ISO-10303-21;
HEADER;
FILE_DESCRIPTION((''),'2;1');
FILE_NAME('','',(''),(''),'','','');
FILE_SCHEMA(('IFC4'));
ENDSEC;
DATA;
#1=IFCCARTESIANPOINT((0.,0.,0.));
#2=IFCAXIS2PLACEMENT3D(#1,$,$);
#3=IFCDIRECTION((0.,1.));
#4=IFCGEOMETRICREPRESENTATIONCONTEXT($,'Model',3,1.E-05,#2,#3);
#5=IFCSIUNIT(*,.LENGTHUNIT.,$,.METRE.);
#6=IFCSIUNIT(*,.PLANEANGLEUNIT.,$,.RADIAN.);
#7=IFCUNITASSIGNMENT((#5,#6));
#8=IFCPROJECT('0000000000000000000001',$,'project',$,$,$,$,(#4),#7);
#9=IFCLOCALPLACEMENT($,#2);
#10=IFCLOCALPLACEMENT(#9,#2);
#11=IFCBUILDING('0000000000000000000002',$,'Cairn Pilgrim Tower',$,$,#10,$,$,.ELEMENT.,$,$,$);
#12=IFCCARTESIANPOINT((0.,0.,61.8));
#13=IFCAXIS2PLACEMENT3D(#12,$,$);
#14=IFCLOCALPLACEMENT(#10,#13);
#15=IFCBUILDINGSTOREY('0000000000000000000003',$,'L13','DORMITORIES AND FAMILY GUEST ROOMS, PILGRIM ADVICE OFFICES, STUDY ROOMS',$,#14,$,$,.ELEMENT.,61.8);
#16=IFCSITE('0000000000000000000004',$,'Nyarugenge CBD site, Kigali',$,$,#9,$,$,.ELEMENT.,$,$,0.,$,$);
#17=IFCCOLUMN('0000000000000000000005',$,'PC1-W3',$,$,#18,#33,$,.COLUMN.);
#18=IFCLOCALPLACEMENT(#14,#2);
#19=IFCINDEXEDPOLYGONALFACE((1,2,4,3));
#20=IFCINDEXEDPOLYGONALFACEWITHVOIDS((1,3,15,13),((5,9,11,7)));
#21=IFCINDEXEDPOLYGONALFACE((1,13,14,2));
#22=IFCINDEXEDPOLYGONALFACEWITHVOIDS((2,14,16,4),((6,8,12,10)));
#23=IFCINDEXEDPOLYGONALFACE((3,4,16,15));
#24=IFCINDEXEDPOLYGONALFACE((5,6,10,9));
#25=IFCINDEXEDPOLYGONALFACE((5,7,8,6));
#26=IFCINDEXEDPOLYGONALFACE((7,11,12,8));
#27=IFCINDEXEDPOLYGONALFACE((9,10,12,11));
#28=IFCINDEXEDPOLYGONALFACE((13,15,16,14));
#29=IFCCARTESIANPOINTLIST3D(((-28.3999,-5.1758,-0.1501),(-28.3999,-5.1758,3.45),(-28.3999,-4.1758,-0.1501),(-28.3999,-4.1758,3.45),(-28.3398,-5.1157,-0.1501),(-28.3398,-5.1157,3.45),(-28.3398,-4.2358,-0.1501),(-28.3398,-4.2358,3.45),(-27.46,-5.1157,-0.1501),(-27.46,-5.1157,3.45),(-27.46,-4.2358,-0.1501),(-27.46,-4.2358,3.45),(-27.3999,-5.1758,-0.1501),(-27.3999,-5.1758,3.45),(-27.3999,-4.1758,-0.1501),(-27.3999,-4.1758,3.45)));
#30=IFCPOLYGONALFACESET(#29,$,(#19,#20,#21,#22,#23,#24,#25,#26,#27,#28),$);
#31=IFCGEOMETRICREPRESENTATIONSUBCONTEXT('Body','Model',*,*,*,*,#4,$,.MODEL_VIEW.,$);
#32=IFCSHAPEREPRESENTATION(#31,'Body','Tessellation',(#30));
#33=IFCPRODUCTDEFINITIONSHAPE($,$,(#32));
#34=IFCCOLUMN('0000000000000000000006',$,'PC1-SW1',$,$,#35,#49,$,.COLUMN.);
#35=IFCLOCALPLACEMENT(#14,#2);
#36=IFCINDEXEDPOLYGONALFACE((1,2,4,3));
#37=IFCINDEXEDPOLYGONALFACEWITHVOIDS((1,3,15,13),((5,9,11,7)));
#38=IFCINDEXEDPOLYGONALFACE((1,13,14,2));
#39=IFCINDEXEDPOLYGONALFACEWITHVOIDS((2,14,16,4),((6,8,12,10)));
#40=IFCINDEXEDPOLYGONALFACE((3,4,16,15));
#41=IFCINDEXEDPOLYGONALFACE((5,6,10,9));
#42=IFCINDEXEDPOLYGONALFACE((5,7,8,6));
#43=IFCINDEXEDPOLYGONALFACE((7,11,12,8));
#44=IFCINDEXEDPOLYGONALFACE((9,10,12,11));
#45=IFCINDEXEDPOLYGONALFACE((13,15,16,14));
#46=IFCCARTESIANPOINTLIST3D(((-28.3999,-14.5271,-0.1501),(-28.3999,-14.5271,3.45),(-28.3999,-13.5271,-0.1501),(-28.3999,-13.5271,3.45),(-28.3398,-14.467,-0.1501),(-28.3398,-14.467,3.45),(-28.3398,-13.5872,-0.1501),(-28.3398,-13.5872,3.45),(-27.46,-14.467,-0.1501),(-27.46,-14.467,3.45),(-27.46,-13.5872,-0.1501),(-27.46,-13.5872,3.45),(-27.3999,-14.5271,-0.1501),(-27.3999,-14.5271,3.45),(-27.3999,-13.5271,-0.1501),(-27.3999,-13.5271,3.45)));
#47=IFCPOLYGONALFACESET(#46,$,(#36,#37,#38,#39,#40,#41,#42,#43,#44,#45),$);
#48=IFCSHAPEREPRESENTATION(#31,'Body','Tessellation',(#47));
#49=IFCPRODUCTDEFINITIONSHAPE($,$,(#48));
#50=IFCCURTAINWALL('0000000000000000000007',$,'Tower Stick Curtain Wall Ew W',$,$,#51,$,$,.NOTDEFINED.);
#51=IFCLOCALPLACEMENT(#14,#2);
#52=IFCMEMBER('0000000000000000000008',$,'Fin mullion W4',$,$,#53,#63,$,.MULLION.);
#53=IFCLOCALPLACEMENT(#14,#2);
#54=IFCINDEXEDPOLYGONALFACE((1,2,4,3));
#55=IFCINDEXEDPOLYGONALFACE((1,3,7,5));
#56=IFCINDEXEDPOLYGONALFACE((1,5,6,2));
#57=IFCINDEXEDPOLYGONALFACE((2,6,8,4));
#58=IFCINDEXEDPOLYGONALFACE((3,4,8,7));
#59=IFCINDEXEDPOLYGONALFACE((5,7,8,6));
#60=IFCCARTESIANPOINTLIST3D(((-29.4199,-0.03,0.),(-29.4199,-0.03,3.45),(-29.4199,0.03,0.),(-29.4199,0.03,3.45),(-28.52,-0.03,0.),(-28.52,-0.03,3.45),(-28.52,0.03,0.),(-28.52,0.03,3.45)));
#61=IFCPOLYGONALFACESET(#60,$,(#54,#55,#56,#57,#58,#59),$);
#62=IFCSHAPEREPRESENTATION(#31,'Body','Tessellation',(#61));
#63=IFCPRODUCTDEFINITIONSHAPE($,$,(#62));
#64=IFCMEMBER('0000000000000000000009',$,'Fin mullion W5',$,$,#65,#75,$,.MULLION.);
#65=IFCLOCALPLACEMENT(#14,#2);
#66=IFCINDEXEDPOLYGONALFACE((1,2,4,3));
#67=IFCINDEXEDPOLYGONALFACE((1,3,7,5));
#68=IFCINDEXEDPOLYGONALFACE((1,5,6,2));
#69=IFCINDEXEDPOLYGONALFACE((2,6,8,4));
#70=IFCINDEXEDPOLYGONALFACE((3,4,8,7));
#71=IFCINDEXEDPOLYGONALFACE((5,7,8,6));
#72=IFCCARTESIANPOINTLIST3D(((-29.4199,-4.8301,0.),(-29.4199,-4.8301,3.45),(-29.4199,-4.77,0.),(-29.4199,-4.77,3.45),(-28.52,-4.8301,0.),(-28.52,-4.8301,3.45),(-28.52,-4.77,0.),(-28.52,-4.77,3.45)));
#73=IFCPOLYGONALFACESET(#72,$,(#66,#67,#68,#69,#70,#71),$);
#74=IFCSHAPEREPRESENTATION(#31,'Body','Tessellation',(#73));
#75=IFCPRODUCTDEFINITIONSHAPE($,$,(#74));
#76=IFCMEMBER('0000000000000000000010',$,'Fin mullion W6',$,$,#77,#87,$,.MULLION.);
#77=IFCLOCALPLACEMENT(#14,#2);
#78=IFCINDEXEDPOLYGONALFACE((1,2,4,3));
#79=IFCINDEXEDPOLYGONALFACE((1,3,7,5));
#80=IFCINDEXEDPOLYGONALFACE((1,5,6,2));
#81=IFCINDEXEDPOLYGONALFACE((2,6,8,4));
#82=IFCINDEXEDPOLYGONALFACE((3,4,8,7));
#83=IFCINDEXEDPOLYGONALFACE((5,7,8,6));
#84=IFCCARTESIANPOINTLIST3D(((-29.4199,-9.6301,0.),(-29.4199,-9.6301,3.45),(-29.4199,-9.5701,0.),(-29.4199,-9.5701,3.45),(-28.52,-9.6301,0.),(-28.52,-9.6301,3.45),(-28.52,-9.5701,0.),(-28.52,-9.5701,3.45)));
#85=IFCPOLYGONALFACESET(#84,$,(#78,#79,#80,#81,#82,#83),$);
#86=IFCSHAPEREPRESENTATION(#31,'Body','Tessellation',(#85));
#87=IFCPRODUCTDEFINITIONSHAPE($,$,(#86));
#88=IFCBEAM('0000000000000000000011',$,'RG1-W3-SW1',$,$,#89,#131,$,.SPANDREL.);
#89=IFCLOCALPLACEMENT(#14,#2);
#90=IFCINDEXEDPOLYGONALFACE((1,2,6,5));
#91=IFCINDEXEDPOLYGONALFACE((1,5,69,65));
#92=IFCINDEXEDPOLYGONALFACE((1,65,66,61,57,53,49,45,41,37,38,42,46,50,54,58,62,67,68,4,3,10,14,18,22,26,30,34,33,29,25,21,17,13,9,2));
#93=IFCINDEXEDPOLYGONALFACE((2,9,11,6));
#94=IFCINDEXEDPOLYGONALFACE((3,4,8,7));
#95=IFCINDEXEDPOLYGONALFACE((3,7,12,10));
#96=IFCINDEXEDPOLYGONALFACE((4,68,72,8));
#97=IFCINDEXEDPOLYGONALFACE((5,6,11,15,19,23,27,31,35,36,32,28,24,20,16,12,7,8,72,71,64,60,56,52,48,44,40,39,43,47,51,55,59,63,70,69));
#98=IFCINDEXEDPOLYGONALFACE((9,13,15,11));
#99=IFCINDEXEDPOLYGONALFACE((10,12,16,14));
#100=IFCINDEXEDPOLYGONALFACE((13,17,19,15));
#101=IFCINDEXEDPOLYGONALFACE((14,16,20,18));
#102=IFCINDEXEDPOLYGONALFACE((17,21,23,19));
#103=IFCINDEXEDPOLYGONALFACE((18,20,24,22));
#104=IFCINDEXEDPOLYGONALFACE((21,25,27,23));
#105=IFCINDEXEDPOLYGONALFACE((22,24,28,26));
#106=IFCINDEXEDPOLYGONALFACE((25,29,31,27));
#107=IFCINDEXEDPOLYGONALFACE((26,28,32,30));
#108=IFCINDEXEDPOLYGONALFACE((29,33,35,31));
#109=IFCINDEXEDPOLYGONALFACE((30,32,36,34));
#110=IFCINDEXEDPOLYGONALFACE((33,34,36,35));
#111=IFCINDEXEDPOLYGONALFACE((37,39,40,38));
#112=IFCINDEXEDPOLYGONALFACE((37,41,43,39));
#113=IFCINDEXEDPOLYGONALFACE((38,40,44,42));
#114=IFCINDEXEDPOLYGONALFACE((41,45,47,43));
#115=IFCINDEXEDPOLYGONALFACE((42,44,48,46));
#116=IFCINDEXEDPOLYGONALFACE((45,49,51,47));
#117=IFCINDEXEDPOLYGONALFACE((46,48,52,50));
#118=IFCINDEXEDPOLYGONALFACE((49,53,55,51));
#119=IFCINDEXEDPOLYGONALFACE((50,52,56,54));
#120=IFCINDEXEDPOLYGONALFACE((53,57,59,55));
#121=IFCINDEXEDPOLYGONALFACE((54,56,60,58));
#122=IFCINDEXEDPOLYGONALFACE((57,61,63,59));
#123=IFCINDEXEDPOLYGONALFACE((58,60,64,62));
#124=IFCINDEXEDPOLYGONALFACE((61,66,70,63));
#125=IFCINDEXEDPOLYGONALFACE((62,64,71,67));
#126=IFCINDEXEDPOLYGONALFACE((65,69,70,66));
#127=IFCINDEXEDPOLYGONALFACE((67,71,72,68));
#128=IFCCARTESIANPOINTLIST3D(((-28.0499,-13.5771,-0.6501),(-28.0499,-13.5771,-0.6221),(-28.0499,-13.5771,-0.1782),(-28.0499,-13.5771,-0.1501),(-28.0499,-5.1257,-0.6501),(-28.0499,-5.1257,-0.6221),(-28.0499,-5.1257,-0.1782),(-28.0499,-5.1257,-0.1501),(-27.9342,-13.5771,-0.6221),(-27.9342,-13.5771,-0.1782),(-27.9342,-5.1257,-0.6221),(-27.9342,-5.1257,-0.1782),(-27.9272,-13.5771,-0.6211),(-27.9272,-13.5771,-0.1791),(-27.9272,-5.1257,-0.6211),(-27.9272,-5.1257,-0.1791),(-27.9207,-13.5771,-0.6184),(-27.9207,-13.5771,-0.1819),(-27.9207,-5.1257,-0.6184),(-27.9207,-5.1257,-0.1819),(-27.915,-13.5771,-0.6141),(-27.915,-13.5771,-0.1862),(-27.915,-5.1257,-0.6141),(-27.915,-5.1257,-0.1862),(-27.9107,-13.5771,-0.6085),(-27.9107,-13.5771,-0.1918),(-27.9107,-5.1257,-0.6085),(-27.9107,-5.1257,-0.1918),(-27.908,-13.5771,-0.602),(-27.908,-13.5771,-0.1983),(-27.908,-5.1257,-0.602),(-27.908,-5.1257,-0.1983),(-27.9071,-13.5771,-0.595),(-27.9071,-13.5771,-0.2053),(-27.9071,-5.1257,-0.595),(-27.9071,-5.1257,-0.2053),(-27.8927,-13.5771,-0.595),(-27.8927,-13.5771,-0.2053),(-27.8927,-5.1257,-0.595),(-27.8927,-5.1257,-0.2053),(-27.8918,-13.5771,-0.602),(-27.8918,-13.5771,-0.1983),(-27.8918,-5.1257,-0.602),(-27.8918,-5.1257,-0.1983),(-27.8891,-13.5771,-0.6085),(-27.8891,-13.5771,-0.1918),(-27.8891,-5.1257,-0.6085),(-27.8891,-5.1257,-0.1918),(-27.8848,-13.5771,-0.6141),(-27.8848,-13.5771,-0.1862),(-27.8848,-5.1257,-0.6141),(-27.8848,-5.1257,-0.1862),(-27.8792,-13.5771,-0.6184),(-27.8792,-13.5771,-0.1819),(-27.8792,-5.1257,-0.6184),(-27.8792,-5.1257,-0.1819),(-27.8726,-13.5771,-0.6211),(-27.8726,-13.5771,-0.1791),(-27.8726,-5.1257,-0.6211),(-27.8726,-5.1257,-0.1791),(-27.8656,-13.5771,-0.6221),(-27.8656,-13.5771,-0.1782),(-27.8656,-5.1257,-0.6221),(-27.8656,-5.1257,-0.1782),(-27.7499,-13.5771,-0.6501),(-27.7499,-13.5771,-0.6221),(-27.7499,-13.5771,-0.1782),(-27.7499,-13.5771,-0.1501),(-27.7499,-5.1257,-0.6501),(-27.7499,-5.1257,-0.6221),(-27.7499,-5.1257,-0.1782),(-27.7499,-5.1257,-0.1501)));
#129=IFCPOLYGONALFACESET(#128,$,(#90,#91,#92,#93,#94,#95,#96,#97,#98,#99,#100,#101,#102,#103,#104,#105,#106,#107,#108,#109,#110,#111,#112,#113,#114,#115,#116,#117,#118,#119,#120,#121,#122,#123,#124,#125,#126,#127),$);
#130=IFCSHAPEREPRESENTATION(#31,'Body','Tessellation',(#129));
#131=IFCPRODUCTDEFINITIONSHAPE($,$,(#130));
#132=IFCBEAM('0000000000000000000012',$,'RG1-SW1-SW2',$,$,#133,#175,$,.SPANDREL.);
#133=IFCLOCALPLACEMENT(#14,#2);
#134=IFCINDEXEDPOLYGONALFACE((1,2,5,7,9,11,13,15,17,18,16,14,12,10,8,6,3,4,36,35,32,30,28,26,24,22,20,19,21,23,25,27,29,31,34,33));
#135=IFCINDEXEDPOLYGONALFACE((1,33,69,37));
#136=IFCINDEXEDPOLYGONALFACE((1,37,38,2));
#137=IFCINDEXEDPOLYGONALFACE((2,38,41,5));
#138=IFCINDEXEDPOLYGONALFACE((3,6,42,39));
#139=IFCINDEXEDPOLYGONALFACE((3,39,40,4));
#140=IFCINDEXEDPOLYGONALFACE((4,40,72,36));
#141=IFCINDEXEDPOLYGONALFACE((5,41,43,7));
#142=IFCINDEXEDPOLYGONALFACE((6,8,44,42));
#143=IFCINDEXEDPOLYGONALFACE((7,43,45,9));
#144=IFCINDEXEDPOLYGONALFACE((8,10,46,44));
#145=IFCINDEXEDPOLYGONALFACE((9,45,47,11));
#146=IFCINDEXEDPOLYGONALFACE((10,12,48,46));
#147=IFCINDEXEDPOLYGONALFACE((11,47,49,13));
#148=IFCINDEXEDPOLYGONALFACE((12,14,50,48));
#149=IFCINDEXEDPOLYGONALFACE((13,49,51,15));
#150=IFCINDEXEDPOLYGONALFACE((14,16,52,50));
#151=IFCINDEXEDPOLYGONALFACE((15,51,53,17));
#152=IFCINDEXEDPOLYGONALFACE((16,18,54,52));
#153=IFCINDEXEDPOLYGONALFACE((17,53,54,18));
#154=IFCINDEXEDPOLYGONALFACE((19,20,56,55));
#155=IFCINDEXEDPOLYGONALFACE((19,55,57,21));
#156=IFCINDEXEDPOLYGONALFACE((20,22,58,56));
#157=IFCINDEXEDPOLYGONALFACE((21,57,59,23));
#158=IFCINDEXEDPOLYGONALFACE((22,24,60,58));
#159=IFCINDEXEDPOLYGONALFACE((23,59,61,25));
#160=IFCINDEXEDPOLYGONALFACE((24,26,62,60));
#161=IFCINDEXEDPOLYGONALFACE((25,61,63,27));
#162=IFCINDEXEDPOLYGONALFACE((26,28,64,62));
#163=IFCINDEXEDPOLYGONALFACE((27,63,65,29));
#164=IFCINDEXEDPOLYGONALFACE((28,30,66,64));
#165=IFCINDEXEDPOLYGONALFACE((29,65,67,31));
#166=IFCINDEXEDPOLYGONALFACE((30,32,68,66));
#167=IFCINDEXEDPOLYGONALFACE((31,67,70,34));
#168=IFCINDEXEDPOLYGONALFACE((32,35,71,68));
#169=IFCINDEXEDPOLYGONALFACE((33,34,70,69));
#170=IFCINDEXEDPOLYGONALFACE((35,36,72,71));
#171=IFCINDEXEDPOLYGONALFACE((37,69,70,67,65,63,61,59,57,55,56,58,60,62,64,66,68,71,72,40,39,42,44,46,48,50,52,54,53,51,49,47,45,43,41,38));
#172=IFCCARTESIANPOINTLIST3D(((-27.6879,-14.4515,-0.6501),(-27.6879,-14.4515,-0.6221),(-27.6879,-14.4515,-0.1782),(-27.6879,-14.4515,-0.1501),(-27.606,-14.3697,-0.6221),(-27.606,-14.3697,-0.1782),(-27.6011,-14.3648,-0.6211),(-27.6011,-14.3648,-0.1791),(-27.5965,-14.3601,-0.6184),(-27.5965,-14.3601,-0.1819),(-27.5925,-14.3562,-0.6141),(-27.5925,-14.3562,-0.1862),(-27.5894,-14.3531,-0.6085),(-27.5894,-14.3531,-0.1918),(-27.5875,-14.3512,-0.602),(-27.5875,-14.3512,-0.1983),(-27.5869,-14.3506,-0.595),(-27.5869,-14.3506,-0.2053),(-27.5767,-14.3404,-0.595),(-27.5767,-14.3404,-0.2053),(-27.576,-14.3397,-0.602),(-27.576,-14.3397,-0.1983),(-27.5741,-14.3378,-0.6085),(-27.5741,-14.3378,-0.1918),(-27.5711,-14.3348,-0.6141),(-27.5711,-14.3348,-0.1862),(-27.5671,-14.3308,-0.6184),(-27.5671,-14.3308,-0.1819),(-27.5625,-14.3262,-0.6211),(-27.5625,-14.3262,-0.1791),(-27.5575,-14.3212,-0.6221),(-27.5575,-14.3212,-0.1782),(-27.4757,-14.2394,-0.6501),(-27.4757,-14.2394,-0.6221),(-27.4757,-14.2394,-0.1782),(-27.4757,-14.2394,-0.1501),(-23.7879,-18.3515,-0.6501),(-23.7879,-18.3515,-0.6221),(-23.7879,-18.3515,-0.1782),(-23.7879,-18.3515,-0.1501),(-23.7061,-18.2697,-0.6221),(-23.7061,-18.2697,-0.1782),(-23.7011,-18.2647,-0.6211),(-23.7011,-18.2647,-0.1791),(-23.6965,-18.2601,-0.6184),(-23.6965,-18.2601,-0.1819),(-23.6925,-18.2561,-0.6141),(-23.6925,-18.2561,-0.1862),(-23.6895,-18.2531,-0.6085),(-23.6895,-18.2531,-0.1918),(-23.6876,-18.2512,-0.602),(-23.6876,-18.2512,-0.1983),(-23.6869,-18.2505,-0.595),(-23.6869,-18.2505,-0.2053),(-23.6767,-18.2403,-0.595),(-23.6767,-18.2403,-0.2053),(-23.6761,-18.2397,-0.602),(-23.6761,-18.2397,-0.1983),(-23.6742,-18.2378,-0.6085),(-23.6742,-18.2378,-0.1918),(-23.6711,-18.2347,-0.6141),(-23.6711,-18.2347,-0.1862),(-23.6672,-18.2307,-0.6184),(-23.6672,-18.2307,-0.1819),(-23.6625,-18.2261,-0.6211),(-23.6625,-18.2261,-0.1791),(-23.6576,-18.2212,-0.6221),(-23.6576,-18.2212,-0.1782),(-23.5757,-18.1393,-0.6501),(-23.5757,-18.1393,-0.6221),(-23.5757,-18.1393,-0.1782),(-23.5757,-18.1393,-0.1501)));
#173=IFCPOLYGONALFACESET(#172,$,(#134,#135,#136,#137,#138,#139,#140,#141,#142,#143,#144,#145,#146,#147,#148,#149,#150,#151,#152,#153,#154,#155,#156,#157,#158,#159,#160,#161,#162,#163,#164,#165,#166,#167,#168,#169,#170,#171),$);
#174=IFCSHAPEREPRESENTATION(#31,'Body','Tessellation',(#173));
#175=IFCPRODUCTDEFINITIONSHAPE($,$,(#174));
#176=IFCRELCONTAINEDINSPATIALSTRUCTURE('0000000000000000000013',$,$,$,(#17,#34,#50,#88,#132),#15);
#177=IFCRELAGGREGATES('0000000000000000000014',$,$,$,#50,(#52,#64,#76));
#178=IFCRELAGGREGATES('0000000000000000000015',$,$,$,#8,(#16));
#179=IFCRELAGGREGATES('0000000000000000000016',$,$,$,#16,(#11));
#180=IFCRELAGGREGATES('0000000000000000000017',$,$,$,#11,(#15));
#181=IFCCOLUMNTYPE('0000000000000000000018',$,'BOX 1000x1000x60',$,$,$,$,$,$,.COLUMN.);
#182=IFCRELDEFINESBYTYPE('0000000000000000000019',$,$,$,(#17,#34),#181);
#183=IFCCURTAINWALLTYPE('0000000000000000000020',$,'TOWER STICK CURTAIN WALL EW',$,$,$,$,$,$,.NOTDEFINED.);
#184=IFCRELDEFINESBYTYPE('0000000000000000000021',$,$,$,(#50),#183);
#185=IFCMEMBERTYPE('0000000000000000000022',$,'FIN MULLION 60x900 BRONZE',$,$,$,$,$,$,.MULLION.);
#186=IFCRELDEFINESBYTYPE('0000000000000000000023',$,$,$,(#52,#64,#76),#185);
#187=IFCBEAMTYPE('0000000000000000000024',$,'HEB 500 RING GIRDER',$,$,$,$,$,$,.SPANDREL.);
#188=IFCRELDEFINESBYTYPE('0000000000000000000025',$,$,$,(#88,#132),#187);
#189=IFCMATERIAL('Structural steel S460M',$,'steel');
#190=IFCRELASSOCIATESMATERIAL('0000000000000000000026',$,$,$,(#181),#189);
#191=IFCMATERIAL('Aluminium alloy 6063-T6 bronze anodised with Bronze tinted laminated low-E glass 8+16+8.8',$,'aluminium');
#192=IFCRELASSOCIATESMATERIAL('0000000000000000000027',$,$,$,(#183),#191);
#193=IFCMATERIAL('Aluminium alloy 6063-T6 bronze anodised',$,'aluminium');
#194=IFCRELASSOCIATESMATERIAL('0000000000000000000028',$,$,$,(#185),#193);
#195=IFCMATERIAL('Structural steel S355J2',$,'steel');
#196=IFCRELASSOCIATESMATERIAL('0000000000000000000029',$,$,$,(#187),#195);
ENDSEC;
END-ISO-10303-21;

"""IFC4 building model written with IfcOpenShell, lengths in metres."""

from ifc_helpers import new_model, si_unit, direction, frame, origin, origin_2d, place, context, subcontext, project, spatial, rectangle, hollow_rectangle, i_section, extrude, material, material_profile, profile_set, type_object, element, aggregate, save


model = new_model("IFC4")

# Units and contexts
model_context = context("Model", 3, precision=1e-05, world=origin(), true_north=direction((0.0, 1.0)))
body_context = subcontext(model_context, "Body", "Model", "MODEL_VIEW")
ifc_project = project(units=[si_unit("LENGTHUNIT", "METRE"), si_unit("PLANEANGLEUNIT", "RADIAN")], contexts=[model_context])

# Site, building, storey
site_placement = place(None, origin())
site = spatial("IfcSite", under=ifc_project, at=site_placement, Name="Nyarugenge CBD site, Kigali", CompositionType="ELEMENT", RefElevation=0.0)
building_placement = place(site_placement, origin())
building = spatial("IfcBuilding", under=site, at=building_placement, Name="Cairn Pilgrim Tower", CompositionType="ELEMENT")
storey_placement = place(building_placement, frame((0.0, 0.0, 61.8)))
storey = spatial("IfcBuildingStorey", under=building, at=storey_placement, Name="L13", Description="DORMITORIES AND FAMILY GUEST ROOMS, PILGRIM ADVICE OFFICES, STUDY ROOMS", CompositionType="ELEMENT", Elevation=61.8)

# Columns
ifc_material_1 = material(Name="Structural steel S460M", Category="steel")
ifc_material_profile_1 = material_profile(ifc_material_1, hollow_rectangle(XDim=1.0, YDim=1.0, WallThickness=0.0601, at=origin_2d()), Name="BOX 1000x1000x60")
ifc_profile_set_1 = profile_set([ifc_material_profile_1], Name="Structural steel S460M")
column_type = type_object("IfcColumnType", Name="BOX 1000x1000x60", PredefinedType="COLUMN", material=ifc_profile_set_1)
for number, where, z_axis, x_axis, name in (
    (1, (-27.8999, -4.6758, -0.1501), (0.0, 0.0, 1.0), (1.0, 0.0, 0.0), "PC1-W3"),
    (2, (-27.8999, -14.0271, -0.1501), (0.0, 0.0, 1.0), (1.0, 0.0, 0.0), "PC1-SW1"),
):
    element("IfcColumn", number, at=place(storey_placement, frame(where, z_axis=z_axis, x_axis=x_axis)), inside=storey, type_object=column_type, Name=name, PredefinedType="COLUMN", context=body_context, shape_type="SweptSolid", body=[
        extrude(hollow_rectangle(XDim=1.0, YDim=1.0, WallThickness=0.0601, at=origin_2d()), origin(), (0.0, 0.0, 1.0), 3.6001),
    ])

# Curtain wall, members
ifc_material_2 = material(Name="Aluminium alloy 6063-T6 bronze anodised with Bronze tinted laminated low-E glass 8+16+8.8", Category="aluminium")
curtain_wall_type_1 = type_object("IfcCurtainWallType", Name="TOWER STICK CURTAIN WALL EW", PredefinedType="NOTDEFINED", material=ifc_material_2)
curtain_wall_1_placement = place(storey_placement, origin())
curtain_wall_1 = element("IfcCurtainWall", 3, at=curtain_wall_1_placement, inside=storey, type_object=curtain_wall_type_1, Name="Tower Stick Curtain Wall Ew W", PredefinedType="NOTDEFINED")
ifc_material_3 = material(Name="Aluminium alloy 6063-T6 bronze anodised", Category="aluminium")
ifc_material_profile_2 = material_profile(ifc_material_3, rectangle(XDim=0.8999, YDim=0.0601, at=origin_2d()), Name="FIN MULLION 60x900 BRONZE")
ifc_profile_set_2 = profile_set([ifc_material_profile_2], Name="Aluminium alloy 6063-T6 bronze anodised")
member_type_1 = type_object("IfcMemberType", Name="FIN MULLION 60x900 BRONZE", PredefinedType="MULLION", material=ifc_profile_set_2)
member_1_placement = place(storey_placement, frame((-28.97, 0.0, 0.0), z_axis=(0.0, 0.0, 1.0), x_axis=(-1.0, 0.0, 0.0)))
member_1 = element("IfcMember", 4, at=member_1_placement, type_object=member_type_1, Name="Fin mullion W4", PredefinedType="MULLION", context=body_context, shape_type="SweptSolid", body=[
    extrude(rectangle(XDim=0.8999, YDim=0.0601, at=origin_2d()), origin(), (0.0, 0.0, 1.0), 3.45),
])
member_2_placement = place(storey_placement, frame((-28.97, -4.8, 0.0), z_axis=(0.0, 0.0, 1.0), x_axis=(-1.0, 0.0, 0.0)))
member_2 = element("IfcMember", 5, at=member_2_placement, type_object=member_type_1, Name="Fin mullion W5", PredefinedType="MULLION", context=body_context, shape_type="SweptSolid", body=[
    extrude(rectangle(XDim=0.8999, YDim=0.0601, at=origin_2d()), origin(), (0.0, 0.0, 1.0), 3.45),
])
member_3_placement = place(storey_placement, frame((-28.97, -9.6001, 0.0), z_axis=(0.0, 0.0, 1.0), x_axis=(-1.0, 0.0, 0.0)))
member_3 = element("IfcMember", 6, at=member_3_placement, type_object=member_type_1, Name="Fin mullion W6", PredefinedType="MULLION", context=body_context, shape_type="SweptSolid", body=[
    extrude(rectangle(XDim=0.8999, YDim=0.0601, at=origin_2d()), origin(), (0.0, 0.0, 1.0), 3.45),
])

# Beams
ifc_material_4 = material(Name="Structural steel S355J2", Category="steel")
ifc_material_profile_3 = material_profile(ifc_material_4, i_section(OverallWidth=0.3, OverallDepth=0.5, WebThickness=0.0144, FlangeThickness=0.0281, FilletRadius=0.0271, at=origin_2d()), Name="HEB 500")
ifc_profile_set_3 = profile_set([ifc_material_profile_3], Name="Structural steel S355J2")
beam_type_1 = type_object("IfcBeamType", Name="HEB 500 RING GIRDER", PredefinedType="SPANDREL", material=ifc_profile_set_3)
beam_1_placement = place(storey_placement, frame((-27.8999, -5.1257, -0.4001), z_axis=(0.0, -1.0, 0.0), x_axis=(1.0, 0.0, 0.0)))
element("IfcBeam", 7, at=beam_1_placement, inside=storey, type_object=beam_type_1, Name="RG1-W3-SW1", PredefinedType="SPANDREL", context=body_context, shape_type="SweptSolid", body=[
    extrude(i_section(OverallWidth=0.3, OverallDepth=0.5, WebThickness=0.0144, FlangeThickness=0.0281, FilletRadius=0.0271, at=origin_2d()), origin(), (0.0, 0.0, 1.0), 8.4514),
])
beam_2_placement = place(storey_placement, frame((-27.5818, -14.3455, -0.4001), z_axis=(0.707107, -0.707107, 0.0), x_axis=(0.707107, 0.707107, 0.0)))
element("IfcBeam", 8, at=beam_2_placement, inside=storey, type_object=beam_type_1, Name="RG1-SW1-SW2", PredefinedType="SPANDREL", context=body_context, shape_type="SweptSolid", body=[
    extrude(i_section(OverallWidth=0.3, OverallDepth=0.5, WebThickness=0.0144, FlangeThickness=0.0281, FilletRadius=0.0271, at=origin_2d()), origin(), (0.0, 0.0, 1.0), 5.5154),
])

aggregate(curtain_wall_1, [member_1, member_2, member_3])

save(model, "model.ifc")
